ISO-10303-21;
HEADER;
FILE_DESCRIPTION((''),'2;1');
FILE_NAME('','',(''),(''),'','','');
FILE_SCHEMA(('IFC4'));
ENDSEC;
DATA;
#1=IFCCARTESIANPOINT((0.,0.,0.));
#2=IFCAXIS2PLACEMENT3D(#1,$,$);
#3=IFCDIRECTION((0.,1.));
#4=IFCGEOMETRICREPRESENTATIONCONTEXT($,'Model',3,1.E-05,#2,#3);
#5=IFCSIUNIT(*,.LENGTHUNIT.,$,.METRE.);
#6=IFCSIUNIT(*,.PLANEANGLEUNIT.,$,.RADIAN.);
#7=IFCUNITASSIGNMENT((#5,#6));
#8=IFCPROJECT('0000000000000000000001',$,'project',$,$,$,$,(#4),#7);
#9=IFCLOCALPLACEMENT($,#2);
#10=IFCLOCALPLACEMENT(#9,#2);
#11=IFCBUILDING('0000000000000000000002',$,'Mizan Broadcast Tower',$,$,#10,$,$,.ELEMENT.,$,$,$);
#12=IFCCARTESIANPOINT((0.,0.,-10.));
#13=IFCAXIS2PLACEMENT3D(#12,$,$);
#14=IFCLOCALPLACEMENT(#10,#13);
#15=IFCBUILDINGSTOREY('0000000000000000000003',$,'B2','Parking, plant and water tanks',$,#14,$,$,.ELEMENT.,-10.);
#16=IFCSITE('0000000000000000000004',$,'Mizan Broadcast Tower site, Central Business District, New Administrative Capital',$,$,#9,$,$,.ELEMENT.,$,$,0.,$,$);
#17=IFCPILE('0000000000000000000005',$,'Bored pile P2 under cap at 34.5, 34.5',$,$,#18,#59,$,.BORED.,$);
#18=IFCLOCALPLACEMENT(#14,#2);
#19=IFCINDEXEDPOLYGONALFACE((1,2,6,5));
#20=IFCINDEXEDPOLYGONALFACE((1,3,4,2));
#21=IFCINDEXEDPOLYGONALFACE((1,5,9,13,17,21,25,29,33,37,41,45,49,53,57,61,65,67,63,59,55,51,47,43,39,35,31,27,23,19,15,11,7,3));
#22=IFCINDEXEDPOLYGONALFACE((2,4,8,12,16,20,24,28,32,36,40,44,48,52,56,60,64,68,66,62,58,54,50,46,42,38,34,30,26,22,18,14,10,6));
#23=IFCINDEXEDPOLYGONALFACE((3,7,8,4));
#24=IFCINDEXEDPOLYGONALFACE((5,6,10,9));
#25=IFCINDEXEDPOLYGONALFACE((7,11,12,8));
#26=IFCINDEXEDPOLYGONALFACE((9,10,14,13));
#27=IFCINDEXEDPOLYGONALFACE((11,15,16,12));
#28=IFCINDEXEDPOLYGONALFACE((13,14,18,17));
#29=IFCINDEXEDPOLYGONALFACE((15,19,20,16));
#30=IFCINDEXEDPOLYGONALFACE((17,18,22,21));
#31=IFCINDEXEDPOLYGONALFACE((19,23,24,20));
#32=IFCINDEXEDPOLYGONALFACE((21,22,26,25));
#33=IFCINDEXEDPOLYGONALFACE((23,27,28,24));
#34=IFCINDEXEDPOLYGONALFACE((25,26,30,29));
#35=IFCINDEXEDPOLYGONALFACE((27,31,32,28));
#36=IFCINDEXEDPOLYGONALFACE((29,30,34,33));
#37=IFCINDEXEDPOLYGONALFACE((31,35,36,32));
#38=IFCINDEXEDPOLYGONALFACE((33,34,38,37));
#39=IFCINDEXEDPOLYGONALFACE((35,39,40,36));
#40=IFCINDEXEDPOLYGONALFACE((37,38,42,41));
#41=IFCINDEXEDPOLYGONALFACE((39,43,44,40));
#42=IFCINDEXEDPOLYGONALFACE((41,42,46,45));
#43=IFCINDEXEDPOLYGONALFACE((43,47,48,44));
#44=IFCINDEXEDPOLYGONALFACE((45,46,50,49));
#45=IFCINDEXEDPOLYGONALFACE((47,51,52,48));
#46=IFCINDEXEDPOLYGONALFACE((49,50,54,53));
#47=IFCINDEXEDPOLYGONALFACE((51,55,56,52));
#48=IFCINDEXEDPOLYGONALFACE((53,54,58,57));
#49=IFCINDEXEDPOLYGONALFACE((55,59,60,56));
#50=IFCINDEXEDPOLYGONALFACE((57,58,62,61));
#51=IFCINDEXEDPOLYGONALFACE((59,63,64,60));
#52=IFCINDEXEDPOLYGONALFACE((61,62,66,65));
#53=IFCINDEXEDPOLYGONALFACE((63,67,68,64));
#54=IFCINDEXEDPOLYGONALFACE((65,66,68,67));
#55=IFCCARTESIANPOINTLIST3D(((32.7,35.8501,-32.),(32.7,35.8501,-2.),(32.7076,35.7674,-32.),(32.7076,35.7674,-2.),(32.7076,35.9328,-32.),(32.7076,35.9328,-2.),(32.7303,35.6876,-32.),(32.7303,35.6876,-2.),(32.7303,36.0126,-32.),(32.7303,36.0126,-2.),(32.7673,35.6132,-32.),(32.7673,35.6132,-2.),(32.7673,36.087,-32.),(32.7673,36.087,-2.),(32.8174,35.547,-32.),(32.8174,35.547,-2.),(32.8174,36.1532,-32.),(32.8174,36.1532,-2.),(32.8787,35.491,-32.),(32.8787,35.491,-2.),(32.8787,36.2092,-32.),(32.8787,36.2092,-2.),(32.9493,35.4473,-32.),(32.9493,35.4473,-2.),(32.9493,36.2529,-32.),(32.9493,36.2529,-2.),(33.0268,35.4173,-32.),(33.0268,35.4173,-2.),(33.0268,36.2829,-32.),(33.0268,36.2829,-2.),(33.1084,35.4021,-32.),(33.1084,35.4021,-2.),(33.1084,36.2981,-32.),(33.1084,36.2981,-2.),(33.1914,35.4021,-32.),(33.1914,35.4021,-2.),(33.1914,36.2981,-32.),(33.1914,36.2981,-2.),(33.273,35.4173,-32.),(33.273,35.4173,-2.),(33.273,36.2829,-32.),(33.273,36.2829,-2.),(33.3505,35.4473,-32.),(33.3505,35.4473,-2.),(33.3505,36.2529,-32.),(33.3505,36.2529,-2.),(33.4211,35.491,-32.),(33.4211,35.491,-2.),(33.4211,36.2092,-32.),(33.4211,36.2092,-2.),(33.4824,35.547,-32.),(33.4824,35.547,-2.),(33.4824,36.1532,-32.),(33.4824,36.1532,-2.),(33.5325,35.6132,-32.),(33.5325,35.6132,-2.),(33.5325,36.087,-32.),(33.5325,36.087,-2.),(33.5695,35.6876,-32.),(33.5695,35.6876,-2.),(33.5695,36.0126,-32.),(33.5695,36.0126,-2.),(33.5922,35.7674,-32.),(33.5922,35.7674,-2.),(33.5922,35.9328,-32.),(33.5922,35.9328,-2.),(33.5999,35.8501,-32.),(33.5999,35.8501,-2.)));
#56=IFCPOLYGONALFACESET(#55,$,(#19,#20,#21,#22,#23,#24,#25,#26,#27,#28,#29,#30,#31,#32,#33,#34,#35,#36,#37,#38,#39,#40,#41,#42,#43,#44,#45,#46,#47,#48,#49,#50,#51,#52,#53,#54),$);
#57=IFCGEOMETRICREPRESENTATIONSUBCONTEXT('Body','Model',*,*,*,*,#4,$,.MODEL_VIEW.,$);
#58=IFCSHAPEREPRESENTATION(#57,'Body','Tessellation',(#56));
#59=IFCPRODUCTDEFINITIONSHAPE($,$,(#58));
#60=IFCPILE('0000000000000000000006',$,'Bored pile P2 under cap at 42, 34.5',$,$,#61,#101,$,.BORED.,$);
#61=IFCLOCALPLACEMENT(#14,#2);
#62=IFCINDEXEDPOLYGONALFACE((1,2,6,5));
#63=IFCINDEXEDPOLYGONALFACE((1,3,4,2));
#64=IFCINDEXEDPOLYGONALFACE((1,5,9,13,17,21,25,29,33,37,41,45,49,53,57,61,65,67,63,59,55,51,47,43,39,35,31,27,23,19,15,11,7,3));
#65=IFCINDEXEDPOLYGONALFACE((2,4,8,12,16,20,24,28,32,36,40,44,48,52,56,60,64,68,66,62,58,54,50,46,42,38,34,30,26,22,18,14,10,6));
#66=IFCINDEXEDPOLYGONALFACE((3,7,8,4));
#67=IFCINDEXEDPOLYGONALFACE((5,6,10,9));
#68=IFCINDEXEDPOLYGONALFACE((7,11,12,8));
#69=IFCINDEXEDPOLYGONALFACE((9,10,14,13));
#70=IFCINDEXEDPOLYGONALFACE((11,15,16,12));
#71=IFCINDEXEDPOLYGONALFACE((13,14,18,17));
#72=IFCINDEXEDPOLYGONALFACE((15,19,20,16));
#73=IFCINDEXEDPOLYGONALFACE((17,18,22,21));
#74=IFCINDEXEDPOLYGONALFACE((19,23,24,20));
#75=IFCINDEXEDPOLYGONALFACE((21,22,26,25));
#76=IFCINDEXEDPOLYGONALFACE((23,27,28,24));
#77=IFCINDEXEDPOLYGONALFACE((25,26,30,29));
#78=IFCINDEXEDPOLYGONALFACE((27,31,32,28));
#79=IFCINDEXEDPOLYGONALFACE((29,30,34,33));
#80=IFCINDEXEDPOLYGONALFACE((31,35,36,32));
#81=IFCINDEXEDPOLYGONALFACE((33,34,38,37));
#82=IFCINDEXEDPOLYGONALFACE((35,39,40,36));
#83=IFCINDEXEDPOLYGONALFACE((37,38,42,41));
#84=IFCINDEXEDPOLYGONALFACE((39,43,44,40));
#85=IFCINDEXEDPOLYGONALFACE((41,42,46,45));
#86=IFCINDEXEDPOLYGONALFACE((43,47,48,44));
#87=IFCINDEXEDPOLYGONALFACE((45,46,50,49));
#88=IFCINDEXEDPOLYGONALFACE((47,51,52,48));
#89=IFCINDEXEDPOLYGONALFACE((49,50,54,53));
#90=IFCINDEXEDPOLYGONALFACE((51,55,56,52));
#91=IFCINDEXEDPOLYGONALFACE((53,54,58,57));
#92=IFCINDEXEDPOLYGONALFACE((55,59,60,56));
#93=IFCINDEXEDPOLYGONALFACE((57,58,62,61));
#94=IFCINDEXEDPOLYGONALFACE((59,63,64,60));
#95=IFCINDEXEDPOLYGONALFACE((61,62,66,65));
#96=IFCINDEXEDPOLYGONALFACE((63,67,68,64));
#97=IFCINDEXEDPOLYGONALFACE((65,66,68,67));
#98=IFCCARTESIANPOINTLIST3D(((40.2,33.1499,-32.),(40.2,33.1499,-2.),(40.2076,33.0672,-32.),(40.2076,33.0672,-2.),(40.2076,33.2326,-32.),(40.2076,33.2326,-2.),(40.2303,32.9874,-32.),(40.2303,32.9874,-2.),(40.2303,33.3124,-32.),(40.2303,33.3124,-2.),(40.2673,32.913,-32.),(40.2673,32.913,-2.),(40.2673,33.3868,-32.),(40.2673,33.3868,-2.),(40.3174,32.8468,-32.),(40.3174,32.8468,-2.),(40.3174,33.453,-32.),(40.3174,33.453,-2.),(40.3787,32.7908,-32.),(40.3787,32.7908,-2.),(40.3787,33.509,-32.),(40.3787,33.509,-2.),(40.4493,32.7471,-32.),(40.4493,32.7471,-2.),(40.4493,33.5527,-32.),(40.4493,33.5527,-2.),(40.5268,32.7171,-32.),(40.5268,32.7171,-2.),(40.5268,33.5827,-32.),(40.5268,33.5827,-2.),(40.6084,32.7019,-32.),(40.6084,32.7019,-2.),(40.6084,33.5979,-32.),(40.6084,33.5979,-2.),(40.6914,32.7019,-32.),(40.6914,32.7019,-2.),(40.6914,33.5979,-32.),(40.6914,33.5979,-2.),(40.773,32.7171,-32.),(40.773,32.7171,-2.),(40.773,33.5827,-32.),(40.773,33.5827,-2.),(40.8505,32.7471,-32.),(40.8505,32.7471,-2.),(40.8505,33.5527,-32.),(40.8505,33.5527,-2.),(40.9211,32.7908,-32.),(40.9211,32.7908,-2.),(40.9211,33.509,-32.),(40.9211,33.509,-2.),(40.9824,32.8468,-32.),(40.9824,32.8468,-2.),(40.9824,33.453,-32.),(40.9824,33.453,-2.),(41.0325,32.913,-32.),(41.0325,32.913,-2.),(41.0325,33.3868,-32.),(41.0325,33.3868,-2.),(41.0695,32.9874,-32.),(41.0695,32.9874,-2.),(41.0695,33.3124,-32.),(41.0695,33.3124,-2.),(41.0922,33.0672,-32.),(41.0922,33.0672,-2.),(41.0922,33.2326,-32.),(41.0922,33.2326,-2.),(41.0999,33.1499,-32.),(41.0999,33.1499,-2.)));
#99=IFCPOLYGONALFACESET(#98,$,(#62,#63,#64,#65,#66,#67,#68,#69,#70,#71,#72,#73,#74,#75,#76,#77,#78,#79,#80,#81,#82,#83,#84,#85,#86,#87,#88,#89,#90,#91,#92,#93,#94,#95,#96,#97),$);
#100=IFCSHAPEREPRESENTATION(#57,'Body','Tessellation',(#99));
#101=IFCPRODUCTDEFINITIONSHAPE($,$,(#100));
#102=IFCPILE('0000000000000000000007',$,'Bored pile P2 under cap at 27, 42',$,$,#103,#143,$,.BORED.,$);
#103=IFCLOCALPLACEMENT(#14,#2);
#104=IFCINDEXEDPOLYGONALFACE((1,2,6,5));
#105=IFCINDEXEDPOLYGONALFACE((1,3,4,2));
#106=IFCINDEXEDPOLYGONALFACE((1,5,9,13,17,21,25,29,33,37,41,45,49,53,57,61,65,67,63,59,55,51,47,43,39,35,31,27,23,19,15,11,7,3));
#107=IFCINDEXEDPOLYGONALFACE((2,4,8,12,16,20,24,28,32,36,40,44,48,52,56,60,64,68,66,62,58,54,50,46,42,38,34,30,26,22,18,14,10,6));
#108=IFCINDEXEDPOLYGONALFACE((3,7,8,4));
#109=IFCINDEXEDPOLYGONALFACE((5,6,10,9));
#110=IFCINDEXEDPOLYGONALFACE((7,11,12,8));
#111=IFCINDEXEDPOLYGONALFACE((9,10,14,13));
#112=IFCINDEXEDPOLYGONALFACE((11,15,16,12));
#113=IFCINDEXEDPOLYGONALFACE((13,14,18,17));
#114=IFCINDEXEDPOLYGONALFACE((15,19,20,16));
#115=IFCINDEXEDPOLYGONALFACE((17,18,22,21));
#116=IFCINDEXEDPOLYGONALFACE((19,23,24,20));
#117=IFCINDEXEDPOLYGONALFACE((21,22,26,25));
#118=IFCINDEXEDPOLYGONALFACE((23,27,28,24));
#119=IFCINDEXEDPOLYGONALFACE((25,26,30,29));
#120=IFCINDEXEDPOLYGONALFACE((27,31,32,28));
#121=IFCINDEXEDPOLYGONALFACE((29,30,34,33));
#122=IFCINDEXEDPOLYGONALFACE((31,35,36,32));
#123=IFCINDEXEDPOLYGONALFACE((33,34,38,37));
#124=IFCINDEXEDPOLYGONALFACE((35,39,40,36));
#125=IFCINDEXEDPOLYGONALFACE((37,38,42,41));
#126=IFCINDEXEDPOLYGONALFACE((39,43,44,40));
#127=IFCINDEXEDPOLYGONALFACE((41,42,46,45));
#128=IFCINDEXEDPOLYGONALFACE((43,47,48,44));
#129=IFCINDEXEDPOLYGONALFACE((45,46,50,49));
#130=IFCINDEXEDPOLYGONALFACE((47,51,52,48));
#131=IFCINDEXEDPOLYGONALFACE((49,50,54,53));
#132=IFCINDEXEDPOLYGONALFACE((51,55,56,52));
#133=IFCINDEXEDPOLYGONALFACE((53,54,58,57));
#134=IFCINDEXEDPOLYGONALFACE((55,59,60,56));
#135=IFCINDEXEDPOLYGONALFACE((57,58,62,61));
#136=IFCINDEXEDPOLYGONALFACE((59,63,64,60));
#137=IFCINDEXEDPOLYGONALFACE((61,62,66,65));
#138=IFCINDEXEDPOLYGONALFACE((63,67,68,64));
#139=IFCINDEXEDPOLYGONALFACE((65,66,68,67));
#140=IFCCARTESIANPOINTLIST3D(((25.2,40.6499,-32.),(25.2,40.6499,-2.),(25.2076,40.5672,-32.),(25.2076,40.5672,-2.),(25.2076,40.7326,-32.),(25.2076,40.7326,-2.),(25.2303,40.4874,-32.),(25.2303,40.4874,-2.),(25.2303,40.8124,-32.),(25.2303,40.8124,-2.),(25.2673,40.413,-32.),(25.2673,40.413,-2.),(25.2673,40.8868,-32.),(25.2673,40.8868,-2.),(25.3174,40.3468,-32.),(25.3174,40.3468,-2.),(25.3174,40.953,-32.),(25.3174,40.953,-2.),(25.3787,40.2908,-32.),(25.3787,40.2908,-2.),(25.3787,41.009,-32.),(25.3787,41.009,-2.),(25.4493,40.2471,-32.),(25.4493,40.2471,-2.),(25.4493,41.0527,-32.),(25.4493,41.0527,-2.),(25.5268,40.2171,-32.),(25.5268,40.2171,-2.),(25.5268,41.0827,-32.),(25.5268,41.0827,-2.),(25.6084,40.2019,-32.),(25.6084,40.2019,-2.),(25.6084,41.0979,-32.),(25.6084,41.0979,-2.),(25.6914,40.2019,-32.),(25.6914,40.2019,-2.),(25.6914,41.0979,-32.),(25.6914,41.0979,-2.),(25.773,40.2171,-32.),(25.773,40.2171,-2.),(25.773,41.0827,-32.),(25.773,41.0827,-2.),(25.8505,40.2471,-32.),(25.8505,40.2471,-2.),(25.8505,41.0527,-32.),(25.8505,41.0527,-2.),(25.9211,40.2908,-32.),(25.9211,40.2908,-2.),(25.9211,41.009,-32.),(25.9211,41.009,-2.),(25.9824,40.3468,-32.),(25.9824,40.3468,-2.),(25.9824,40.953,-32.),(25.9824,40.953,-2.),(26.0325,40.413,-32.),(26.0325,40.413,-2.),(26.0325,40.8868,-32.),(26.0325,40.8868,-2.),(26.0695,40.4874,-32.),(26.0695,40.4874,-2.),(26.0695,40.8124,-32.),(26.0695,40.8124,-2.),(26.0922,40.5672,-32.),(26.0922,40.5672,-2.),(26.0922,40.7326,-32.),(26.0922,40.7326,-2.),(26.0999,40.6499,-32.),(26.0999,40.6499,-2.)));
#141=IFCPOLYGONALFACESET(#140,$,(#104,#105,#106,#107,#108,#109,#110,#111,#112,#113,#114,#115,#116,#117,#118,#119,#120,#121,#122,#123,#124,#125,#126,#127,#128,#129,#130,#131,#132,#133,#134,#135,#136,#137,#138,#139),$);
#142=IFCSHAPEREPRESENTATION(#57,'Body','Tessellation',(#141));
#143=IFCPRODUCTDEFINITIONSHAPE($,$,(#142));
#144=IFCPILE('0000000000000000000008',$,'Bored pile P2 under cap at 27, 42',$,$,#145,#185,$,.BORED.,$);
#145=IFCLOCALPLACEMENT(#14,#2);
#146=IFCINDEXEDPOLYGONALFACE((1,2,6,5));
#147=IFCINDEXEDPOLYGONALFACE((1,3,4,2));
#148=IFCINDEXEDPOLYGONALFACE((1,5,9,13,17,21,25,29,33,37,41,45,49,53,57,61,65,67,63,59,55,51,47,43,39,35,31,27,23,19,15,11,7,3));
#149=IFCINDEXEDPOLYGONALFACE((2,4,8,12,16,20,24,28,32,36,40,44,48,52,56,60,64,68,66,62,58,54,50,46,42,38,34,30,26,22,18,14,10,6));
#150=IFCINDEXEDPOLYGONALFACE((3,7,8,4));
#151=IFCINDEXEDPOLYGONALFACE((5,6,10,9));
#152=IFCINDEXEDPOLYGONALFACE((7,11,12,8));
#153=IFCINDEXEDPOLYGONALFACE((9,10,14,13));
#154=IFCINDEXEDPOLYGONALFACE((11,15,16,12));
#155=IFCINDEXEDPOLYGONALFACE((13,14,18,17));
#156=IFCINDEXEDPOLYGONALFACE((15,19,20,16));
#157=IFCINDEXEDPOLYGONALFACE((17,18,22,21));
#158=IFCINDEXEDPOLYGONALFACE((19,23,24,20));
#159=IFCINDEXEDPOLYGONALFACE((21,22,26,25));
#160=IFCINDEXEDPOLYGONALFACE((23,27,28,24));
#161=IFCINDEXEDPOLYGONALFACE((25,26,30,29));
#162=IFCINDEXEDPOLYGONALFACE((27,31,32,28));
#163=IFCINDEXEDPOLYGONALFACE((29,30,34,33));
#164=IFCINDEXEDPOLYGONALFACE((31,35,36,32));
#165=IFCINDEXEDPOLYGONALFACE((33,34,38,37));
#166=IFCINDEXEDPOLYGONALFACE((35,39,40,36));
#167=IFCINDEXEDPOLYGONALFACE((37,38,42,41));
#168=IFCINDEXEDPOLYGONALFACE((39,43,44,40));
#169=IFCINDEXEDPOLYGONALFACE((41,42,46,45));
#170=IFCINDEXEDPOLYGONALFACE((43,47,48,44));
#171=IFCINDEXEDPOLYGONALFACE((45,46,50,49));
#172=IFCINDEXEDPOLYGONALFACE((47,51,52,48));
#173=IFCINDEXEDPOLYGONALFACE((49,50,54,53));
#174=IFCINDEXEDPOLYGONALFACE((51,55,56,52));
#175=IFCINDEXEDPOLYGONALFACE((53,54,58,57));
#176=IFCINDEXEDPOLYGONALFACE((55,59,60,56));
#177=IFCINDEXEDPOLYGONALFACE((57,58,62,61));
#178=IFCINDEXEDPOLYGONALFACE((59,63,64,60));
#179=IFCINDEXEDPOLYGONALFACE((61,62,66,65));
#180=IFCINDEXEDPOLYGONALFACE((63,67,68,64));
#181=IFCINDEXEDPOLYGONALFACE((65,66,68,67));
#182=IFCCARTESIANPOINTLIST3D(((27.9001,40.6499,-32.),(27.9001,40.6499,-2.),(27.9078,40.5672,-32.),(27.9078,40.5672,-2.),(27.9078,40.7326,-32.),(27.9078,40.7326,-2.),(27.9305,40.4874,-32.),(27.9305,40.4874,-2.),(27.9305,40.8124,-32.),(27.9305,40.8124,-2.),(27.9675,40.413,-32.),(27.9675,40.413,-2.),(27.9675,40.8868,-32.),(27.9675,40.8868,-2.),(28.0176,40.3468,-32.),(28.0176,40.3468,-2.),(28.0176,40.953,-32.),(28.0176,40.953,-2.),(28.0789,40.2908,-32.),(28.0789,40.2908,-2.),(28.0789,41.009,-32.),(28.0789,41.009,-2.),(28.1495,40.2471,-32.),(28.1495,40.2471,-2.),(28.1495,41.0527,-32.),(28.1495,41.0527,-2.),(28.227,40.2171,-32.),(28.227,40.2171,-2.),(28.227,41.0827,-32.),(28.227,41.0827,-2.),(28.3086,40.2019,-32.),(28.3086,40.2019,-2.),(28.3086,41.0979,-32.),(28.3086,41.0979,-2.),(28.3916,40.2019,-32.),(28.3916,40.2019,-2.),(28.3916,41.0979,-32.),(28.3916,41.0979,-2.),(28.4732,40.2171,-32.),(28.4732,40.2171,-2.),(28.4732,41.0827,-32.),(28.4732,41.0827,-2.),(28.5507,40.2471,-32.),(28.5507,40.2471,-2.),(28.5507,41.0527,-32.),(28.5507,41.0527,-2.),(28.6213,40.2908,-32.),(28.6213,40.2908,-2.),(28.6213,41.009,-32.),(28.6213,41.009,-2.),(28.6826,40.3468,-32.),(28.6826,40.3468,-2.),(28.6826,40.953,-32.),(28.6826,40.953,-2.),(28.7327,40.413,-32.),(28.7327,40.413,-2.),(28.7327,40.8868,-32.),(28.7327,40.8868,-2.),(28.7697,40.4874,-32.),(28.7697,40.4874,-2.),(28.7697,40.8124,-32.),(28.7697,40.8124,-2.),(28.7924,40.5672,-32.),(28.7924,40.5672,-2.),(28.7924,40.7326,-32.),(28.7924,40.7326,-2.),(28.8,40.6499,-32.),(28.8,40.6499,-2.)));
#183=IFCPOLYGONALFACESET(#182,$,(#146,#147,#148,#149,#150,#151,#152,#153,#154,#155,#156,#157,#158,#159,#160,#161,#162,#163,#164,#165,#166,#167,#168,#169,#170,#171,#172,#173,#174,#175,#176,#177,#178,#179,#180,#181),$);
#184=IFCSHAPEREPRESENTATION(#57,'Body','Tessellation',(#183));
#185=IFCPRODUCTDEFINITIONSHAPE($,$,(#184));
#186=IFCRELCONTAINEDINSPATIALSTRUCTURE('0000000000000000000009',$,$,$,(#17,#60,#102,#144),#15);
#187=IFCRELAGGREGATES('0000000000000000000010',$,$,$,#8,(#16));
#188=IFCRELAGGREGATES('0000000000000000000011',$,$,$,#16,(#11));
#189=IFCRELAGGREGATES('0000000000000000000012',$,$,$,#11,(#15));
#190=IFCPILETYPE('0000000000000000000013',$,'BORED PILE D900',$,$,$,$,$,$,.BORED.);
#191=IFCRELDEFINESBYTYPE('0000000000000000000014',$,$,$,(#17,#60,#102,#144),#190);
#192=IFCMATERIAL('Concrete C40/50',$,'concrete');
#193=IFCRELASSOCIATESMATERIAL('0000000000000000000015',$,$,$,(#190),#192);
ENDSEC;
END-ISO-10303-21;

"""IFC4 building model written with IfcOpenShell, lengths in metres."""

from ifc_helpers import new_model, si_unit, direction, frame, origin, origin_2d, place, context, subcontext, project, spatial, circle, extrude, material, material_profile, profile_set, type_object, element, save


model = new_model("IFC4")

# Units and contexts
model_context = context("Model", 3, precision=1e-05, world=origin(), true_north=direction((0.0, 1.0)))
body_context = subcontext(model_context, "Body", "Model", "MODEL_VIEW")
ifc_project = project(units=[si_unit("LENGTHUNIT", "METRE"), si_unit("PLANEANGLEUNIT", "RADIAN")], contexts=[model_context])

# Site, building, storey
site_placement = place(None, origin())
site = spatial("IfcSite", under=ifc_project, at=site_placement, Name="Mizan Broadcast Tower site, Central Business District, New Administrative Capital", CompositionType="ELEMENT", RefElevation=0.0)
building_placement = place(site_placement, origin())
building = spatial("IfcBuilding", under=site, at=building_placement, Name="Mizan Broadcast Tower", CompositionType="ELEMENT")
storey_placement = place(building_placement, frame((0.0, 0.0, -10.0)))
storey = spatial("IfcBuildingStorey", under=building, at=storey_placement, Name="B2", Description="Parking, plant and water tanks", CompositionType="ELEMENT", Elevation=-10.0)

# Piles
ifc_material_1 = material(Name="Concrete C40/50", Category="concrete")
ifc_material_profile_1 = material_profile(ifc_material_1, circle(Radius=0.45, at=origin_2d()), Name="D900")
ifc_profile_set_1 = profile_set([ifc_material_profile_1], Name="Concrete C40/50")
pile_type = type_object("IfcPileType", Name="BORED PILE D900", PredefinedType="BORED", material=ifc_profile_set_1)
for number, where, z_axis, x_axis, name in (
    (1, (33.1499, 35.8501, -2.0), (0.0, 0.0, -1.0), (1.0, 0.0, 0.0), "Bored pile P2 under cap at 34.5, 34.5"),
    (2, (40.6499, 33.1499, -2.0), (0.0, 0.0, -1.0), (1.0, 0.0, 0.0), "Bored pile P2 under cap at 42, 34.5"),
    (3, (25.6499, 40.6499, -2.0), (0.0, 0.0, -1.0), (1.0, 0.0, 0.0), "Bored pile P2 under cap at 27, 42"),
    (4, (28.3501, 40.6499, -2.0), (0.0, 0.0, -1.0), (1.0, 0.0, 0.0), "Bored pile P2 under cap at 27, 42"),
):
    element("IfcPile", number, at=place(storey_placement, frame(where, z_axis=z_axis, x_axis=x_axis)), inside=storey, type_object=pile_type, Name=name, PredefinedType="BORED", context=body_context, shape_type="SweptSolid", body=[
        extrude(circle(Radius=0.45, at=origin_2d()), origin(), (0.0, 0.0, 1.0), 30.0),
    ])

save(model, "model.ifc")
